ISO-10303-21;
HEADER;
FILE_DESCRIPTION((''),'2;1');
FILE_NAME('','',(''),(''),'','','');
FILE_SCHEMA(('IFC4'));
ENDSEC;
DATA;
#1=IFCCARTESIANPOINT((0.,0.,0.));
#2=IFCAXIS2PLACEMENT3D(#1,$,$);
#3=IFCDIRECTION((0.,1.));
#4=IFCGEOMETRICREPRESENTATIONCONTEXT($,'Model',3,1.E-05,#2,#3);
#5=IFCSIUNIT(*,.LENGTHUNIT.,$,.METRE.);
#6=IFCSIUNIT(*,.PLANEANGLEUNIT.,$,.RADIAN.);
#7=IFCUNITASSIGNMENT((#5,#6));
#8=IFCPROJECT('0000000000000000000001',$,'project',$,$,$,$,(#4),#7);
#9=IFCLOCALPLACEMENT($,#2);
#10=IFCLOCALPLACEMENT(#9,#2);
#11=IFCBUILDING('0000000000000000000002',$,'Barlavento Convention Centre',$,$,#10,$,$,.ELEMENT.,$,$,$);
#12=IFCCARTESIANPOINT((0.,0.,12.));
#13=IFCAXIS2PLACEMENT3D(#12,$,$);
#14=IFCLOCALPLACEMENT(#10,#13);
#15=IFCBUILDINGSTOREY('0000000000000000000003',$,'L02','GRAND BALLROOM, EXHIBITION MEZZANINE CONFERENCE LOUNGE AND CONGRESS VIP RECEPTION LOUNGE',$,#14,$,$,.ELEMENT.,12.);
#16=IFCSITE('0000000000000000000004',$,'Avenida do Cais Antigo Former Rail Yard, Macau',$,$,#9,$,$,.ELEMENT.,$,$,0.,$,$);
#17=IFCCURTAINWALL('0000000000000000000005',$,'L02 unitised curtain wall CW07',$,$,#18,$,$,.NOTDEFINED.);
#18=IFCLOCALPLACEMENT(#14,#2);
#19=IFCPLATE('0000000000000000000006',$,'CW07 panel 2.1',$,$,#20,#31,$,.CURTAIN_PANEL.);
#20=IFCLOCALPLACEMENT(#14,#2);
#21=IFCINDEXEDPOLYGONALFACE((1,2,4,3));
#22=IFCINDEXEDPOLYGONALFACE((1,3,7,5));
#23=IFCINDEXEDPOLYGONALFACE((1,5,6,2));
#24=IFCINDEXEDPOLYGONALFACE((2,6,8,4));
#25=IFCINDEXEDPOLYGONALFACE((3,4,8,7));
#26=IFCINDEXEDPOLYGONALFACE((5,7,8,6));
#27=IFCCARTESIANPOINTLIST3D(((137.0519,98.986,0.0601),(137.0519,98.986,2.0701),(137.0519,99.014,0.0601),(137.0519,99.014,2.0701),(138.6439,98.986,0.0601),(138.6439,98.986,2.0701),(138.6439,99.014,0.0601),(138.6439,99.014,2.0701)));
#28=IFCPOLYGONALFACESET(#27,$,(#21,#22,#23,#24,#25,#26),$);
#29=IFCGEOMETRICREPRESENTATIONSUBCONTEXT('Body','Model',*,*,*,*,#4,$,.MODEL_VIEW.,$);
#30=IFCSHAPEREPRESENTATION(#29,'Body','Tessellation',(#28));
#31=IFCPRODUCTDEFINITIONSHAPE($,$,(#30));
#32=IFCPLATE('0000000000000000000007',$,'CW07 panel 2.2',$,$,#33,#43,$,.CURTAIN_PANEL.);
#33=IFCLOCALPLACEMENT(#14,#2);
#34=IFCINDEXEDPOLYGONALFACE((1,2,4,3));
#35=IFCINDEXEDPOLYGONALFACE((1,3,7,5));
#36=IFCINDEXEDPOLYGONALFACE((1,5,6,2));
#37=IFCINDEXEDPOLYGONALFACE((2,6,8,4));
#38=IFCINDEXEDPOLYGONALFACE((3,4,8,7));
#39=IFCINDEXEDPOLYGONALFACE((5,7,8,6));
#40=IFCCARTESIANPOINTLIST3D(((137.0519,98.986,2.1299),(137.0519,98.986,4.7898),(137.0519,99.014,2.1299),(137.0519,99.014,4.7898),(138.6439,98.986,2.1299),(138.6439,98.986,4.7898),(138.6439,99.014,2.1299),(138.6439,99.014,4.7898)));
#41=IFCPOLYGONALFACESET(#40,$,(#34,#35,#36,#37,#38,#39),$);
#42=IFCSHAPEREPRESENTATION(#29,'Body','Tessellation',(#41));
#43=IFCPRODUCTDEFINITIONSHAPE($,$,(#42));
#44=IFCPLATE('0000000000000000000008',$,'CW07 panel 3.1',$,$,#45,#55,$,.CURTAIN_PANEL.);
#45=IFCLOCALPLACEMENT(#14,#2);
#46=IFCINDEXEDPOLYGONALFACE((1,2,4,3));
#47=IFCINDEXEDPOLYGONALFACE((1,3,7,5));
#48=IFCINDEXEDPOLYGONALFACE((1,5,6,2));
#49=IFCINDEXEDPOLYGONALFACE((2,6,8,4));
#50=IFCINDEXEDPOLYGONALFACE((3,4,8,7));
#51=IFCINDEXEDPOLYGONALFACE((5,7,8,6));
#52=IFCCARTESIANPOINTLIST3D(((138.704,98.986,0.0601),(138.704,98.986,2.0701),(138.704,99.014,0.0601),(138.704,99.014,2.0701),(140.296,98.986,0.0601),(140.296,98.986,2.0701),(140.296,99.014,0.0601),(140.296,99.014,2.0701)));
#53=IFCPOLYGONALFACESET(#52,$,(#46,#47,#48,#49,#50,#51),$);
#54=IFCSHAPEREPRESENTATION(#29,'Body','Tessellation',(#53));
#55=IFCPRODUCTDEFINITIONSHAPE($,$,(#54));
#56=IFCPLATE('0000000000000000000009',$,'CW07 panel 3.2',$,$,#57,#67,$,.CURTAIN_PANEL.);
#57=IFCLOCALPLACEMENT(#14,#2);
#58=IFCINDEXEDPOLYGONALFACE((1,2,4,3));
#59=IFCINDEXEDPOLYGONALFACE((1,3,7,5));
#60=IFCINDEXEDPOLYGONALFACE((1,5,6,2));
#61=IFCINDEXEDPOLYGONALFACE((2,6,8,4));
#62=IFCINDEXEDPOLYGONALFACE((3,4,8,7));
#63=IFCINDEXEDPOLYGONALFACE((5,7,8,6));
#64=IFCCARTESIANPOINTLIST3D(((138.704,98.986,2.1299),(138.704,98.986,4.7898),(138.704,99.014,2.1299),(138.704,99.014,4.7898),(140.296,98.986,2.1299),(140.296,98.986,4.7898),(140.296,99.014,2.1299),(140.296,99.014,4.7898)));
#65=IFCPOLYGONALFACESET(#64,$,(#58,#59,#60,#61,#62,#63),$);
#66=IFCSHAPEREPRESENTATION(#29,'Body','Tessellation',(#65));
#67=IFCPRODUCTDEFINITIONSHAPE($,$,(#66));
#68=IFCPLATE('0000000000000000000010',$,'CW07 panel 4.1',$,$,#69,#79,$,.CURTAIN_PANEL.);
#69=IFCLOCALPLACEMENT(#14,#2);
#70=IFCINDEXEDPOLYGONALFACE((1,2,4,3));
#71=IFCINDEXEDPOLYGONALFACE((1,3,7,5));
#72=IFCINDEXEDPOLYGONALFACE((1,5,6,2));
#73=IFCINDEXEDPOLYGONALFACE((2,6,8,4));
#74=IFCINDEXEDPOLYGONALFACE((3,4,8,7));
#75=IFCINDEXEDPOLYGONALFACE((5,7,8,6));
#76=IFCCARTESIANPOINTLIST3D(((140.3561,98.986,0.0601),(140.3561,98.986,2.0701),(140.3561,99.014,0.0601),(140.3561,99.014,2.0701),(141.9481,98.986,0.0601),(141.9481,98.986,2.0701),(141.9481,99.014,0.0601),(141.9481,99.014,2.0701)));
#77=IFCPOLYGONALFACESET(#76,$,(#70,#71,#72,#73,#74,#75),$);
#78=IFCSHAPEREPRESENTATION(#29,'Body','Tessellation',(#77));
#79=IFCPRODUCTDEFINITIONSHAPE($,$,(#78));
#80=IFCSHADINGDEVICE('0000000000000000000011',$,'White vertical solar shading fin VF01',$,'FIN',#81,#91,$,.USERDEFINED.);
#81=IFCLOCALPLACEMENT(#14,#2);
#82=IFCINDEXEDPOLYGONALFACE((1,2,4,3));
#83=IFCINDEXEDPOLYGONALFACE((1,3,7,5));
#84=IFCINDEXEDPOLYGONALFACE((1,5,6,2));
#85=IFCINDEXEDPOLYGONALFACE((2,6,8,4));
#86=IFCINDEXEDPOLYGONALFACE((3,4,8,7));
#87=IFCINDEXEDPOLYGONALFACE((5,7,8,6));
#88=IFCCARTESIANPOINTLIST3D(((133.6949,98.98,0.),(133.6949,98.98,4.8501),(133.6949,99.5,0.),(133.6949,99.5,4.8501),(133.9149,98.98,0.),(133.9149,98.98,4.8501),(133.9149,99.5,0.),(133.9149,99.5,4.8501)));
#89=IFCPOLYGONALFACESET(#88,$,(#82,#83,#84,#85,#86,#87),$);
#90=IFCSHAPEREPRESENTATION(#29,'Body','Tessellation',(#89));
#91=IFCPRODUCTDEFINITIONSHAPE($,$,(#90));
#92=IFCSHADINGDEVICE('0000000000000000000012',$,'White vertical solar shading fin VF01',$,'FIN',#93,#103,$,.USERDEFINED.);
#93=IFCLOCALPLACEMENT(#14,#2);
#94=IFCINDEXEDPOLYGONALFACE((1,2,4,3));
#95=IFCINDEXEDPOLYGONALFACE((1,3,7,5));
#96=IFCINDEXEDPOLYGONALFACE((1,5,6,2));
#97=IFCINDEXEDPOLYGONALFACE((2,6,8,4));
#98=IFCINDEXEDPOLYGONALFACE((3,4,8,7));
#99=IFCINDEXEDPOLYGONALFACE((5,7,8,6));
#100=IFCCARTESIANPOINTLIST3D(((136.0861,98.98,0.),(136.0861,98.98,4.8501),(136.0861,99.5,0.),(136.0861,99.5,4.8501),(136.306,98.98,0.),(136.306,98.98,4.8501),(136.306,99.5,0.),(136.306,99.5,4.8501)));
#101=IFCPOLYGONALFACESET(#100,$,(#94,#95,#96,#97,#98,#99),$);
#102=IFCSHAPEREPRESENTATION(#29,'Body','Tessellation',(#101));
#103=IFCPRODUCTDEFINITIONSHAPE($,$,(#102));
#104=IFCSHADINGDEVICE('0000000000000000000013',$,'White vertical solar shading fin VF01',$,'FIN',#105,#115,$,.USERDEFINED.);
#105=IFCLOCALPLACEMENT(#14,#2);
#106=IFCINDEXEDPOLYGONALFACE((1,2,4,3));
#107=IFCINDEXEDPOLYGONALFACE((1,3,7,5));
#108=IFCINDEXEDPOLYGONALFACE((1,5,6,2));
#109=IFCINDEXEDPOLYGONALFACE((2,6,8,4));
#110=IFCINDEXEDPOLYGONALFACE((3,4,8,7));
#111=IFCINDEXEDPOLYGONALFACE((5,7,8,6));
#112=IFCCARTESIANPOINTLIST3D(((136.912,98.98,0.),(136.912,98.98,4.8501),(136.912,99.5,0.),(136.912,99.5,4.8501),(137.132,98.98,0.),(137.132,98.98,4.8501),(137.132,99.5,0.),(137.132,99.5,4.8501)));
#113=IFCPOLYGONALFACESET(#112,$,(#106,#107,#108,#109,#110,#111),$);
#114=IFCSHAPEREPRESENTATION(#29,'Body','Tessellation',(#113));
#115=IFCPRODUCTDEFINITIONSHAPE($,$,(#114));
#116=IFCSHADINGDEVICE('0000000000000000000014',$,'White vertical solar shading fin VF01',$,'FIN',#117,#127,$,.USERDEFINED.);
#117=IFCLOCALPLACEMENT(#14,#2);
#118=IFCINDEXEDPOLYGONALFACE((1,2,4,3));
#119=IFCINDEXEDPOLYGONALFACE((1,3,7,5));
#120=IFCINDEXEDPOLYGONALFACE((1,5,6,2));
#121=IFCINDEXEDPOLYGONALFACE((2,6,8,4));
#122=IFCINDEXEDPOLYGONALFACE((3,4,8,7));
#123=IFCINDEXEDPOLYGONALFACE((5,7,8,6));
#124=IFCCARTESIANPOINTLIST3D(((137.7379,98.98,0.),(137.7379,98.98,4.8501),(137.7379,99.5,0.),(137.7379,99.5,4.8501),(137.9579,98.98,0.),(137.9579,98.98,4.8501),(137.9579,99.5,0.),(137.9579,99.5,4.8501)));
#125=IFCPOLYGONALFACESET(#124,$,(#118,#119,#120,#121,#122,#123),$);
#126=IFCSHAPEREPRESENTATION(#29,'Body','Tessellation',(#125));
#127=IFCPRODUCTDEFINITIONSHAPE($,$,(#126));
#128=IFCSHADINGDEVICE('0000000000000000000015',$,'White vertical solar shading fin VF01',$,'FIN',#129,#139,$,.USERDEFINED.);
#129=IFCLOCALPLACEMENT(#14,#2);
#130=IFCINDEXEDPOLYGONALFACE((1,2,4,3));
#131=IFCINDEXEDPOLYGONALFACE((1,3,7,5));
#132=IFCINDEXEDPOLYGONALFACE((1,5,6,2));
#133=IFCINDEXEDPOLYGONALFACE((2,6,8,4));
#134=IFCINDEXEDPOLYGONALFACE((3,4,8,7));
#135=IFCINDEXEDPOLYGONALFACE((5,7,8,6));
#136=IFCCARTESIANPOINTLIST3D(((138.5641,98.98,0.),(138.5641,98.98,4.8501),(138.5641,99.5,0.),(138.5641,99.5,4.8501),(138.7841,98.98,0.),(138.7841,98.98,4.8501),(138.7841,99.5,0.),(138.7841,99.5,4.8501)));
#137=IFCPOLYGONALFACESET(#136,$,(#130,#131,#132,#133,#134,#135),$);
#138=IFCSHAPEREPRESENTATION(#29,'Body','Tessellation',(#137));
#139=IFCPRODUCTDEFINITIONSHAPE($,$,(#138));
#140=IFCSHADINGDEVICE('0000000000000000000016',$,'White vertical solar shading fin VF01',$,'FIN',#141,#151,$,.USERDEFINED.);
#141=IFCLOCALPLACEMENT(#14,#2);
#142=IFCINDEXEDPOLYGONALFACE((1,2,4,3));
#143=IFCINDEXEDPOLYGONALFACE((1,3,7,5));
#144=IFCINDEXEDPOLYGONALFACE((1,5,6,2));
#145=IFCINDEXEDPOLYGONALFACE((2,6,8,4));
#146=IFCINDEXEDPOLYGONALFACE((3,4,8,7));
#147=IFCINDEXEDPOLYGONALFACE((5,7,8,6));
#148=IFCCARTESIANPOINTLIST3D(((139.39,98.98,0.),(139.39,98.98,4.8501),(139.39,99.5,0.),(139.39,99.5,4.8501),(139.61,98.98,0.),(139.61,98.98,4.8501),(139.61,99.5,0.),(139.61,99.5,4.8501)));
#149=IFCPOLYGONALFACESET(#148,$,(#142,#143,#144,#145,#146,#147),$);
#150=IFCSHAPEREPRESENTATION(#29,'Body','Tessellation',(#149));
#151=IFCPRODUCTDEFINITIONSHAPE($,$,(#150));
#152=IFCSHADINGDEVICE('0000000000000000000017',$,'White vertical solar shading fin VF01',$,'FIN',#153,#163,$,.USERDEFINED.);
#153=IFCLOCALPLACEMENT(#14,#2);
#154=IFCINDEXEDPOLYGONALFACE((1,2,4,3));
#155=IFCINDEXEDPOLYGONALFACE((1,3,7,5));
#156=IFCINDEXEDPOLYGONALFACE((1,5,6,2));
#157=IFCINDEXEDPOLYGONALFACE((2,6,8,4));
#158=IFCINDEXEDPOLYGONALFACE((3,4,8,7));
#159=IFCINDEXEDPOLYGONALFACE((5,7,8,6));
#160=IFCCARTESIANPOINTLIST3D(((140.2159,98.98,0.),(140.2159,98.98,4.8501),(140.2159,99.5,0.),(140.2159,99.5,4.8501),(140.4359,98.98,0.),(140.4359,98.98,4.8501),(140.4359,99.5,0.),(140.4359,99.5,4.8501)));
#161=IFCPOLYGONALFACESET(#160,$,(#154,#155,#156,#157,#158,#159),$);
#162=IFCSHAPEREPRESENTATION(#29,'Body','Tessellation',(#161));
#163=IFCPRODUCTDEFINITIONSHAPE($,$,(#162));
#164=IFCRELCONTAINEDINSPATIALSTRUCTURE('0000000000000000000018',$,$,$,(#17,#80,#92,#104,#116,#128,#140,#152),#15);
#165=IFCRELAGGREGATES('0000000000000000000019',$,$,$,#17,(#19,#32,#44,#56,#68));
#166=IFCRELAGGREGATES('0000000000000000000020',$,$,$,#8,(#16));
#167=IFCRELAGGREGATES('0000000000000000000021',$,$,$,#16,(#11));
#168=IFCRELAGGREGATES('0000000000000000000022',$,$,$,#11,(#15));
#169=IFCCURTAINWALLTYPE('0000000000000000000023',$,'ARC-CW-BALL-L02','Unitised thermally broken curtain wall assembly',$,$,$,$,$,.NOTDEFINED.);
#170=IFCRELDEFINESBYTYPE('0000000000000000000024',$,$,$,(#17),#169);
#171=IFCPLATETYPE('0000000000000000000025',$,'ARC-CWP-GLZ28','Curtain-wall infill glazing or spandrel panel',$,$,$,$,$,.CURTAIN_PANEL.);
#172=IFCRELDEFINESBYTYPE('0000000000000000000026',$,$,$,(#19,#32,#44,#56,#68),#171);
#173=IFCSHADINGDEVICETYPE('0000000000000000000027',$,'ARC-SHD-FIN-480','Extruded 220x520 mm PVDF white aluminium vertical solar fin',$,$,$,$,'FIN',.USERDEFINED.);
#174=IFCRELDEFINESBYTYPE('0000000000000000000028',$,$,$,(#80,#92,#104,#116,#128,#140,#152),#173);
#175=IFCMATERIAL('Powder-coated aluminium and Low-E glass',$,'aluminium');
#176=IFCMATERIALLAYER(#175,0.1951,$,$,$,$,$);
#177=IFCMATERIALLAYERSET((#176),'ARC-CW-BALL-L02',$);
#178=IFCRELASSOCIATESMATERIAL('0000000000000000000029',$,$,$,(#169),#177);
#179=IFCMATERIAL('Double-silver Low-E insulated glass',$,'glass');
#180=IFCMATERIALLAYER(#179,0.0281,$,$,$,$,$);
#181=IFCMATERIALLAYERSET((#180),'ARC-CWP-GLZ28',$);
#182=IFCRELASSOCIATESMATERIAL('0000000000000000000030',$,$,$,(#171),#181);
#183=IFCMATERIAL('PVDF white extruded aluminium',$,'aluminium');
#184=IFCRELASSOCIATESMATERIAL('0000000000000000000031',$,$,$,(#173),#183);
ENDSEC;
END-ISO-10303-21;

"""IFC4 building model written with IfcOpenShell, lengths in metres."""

from ifc_helpers import new_model, si_unit, direction, frame, origin, origin_2d, place, context, subcontext, project, spatial, rectangle, extrude, material, layer, layer_set, type_object, element, aggregate, save


model = new_model("IFC4")

# Units and contexts
model_context = context("Model", 3, precision=1e-05, world=origin(), true_north=direction((0.0, 1.0)))
body_context = subcontext(model_context, "Body", "Model", "MODEL_VIEW")
ifc_project = project(units=[si_unit("LENGTHUNIT", "METRE"), si_unit("PLANEANGLEUNIT", "RADIAN")], contexts=[model_context])

# Site, building, storey
site_placement = place(None, origin())
site = spatial("IfcSite", under=ifc_project, at=site_placement, Name="Avenida do Cais Antigo Former Rail Yard, Macau", CompositionType="ELEMENT", RefElevation=0.0)
building_placement = place(site_placement, origin())
building = spatial("IfcBuilding", under=site, at=building_placement, Name="Barlavento Convention Centre", CompositionType="ELEMENT")
storey_placement = place(building_placement, frame((0.0, 0.0, 12.0)))
storey = spatial("IfcBuildingStorey", under=building, at=storey_placement, Name="L02", Description="GRAND BALLROOM, EXHIBITION MEZZANINE CONFERENCE LOUNGE AND CONGRESS VIP RECEPTION LOUNGE", CompositionType="ELEMENT", Elevation=12.0)

# Shared definitions
ifc_material_1 = material(Name="Powder-coated aluminium and Low-E glass", Category="aluminium")
ifc_layer_1 = layer(ifc_material_1, 0.1951)
ifc_layer_set_1 = layer_set([ifc_layer_1], Name="ARC-CW-BALL-L02")
curtain_wall_type = type_object("IfcCurtainWallType", Name="ARC-CW-BALL-L02", Description="Unitised thermally broken curtain wall assembly", PredefinedType="NOTDEFINED", material=ifc_layer_set_1)

# Curtain wall
curtain_wall_1_placement = place(storey_placement, origin())
curtain_wall_1 = element("IfcCurtainWall", 1, at=curtain_wall_1_placement, inside=storey, type_object=curtain_wall_type, Name="L02 unitised curtain wall CW07", PredefinedType="NOTDEFINED")

# Plates
ifc_material_2 = material(Name="Double-silver Low-E insulated glass", Category="glass")
ifc_layer_2 = layer(ifc_material_2, 0.0281)
ifc_layer_set_2 = layer_set([ifc_layer_2], Name="ARC-CWP-GLZ28")
plate_type = type_object("IfcPlateType", Name="ARC-CWP-GLZ28", Description="Curtain-wall infill glazing or spandrel panel", PredefinedType="CURTAIN_PANEL", material=ifc_layer_set_2)
plate_1_placement = place(storey_placement, frame((137.8479, 99.0, 0.0601), z_axis=(0.0, 0.0, 1.0), x_axis=(1.0, 0.0, 0.0)))
plate_1 = element("IfcPlate", 2, at=plate_1_placement, type_object=plate_type, Name="CW07 panel 2.1", PredefinedType="CURTAIN_PANEL", context=body_context, shape_type="SweptSolid", body=[
    extrude(rectangle(XDim=1.592, YDim=0.0281, at=origin_2d()), origin(), (0.0, 0.0, 1.0), 2.01),
])
plate_2_placement = place(storey_placement, frame((137.8479, 99.0, 2.1299), z_axis=(0.0, 0.0, 1.0), x_axis=(1.0, 0.0, 0.0)))
plate_2 = element("IfcPlate", 3, at=plate_2_placement, type_object=plate_type, Name="CW07 panel 2.2", PredefinedType="CURTAIN_PANEL", context=body_context, shape_type="SweptSolid", body=[
    extrude(rectangle(XDim=1.592, YDim=0.0281, at=origin_2d()), origin(), (0.0, 0.0, 1.0), 2.6599),
])
plate_3_placement = place(storey_placement, frame((139.5, 99.0, 0.0601), z_axis=(0.0, 0.0, 1.0), x_axis=(1.0, 0.0, 0.0)))
plate_3 = element("IfcPlate", 4, at=plate_3_placement, type_object=plate_type, Name="CW07 panel 3.1", PredefinedType="CURTAIN_PANEL", context=body_context, shape_type="SweptSolid", body=[
    extrude(rectangle(XDim=1.592, YDim=0.0281, at=origin_2d()), origin(), (0.0, 0.0, 1.0), 2.01),
])
plate_4_placement = place(storey_placement, frame((139.5, 99.0, 2.1299), z_axis=(0.0, 0.0, 1.0), x_axis=(1.0, 0.0, 0.0)))
plate_4 = element("IfcPlate", 5, at=plate_4_placement, type_object=plate_type, Name="CW07 panel 3.2", PredefinedType="CURTAIN_PANEL", context=body_context, shape_type="SweptSolid", body=[
    extrude(rectangle(XDim=1.592, YDim=0.0281, at=origin_2d()), origin(), (0.0, 0.0, 1.0), 2.6599),
])
plate_5_placement = place(storey_placement, frame((141.1521, 99.0, 0.0601), z_axis=(0.0, 0.0, 1.0), x_axis=(1.0, 0.0, 0.0)))
plate_5 = element("IfcPlate", 6, at=plate_5_placement, type_object=plate_type, Name="CW07 panel 4.1", PredefinedType="CURTAIN_PANEL", context=body_context, shape_type="SweptSolid", body=[
    extrude(rectangle(XDim=1.592, YDim=0.0281, at=origin_2d()), origin(), (0.0, 0.0, 1.0), 2.01),
])
aggregate(curtain_wall_1, [plate_1, plate_2, plate_3, plate_4, plate_5])

# Shading devices
ifc_material_3 = material(Name="PVDF white extruded aluminium", Category="aluminium")
shading_device_type = type_object("IfcShadingDeviceType", Name="ARC-SHD-FIN-480", Description="Extruded 220x520 mm PVDF white aluminium vertical solar fin", ElementType="FIN", PredefinedType="USERDEFINED", material=ifc_material_3)
for number, where, z_axis, x_axis, name in (
    (7, (133.8049, 99.24, 0.0), (0.0, 0.0, 1.0), (1.0, 0.0, 0.0), "White vertical solar shading fin VF01"),
    (8, (136.196, 99.24, 0.0), (0.0, 0.0, 1.0), (1.0, 0.0, 0.0), "White vertical solar shading fin VF01"),
    (9, (137.022, 99.24, 0.0), (0.0, 0.0, 1.0), (1.0, 0.0, 0.0), "White vertical solar shading fin VF01"),
    (10, (137.8479, 99.24, 0.0), (0.0, 0.0, 1.0), (1.0, 0.0, 0.0), "White vertical solar shading fin VF01"),
    (11, (138.6741, 99.24, 0.0), (0.0, 0.0, 1.0), (1.0, 0.0, 0.0), "White vertical solar shading fin VF01"),
    (12, (139.5, 99.24, 0.0), (0.0, 0.0, 1.0), (1.0, 0.0, 0.0), "White vertical solar shading fin VF01"),
    (13, (140.3259, 99.24, 0.0), (0.0, 0.0, 1.0), (1.0, 0.0, 0.0), "White vertical solar shading fin VF01"),
):
    element("IfcShadingDevice", number, at=place(storey_placement, frame(where, z_axis=z_axis, x_axis=x_axis)), inside=storey, type_object=shading_device_type, Name=name, ObjectType="FIN", PredefinedType="USERDEFINED", context=body_context, shape_type="SweptSolid", body=[
        extrude(rectangle(XDim=0.22, YDim=0.52, at=origin_2d()), origin(), (0.0, 0.0, 1.0), 4.8501),
    ])

save(model, "model.ifc")
